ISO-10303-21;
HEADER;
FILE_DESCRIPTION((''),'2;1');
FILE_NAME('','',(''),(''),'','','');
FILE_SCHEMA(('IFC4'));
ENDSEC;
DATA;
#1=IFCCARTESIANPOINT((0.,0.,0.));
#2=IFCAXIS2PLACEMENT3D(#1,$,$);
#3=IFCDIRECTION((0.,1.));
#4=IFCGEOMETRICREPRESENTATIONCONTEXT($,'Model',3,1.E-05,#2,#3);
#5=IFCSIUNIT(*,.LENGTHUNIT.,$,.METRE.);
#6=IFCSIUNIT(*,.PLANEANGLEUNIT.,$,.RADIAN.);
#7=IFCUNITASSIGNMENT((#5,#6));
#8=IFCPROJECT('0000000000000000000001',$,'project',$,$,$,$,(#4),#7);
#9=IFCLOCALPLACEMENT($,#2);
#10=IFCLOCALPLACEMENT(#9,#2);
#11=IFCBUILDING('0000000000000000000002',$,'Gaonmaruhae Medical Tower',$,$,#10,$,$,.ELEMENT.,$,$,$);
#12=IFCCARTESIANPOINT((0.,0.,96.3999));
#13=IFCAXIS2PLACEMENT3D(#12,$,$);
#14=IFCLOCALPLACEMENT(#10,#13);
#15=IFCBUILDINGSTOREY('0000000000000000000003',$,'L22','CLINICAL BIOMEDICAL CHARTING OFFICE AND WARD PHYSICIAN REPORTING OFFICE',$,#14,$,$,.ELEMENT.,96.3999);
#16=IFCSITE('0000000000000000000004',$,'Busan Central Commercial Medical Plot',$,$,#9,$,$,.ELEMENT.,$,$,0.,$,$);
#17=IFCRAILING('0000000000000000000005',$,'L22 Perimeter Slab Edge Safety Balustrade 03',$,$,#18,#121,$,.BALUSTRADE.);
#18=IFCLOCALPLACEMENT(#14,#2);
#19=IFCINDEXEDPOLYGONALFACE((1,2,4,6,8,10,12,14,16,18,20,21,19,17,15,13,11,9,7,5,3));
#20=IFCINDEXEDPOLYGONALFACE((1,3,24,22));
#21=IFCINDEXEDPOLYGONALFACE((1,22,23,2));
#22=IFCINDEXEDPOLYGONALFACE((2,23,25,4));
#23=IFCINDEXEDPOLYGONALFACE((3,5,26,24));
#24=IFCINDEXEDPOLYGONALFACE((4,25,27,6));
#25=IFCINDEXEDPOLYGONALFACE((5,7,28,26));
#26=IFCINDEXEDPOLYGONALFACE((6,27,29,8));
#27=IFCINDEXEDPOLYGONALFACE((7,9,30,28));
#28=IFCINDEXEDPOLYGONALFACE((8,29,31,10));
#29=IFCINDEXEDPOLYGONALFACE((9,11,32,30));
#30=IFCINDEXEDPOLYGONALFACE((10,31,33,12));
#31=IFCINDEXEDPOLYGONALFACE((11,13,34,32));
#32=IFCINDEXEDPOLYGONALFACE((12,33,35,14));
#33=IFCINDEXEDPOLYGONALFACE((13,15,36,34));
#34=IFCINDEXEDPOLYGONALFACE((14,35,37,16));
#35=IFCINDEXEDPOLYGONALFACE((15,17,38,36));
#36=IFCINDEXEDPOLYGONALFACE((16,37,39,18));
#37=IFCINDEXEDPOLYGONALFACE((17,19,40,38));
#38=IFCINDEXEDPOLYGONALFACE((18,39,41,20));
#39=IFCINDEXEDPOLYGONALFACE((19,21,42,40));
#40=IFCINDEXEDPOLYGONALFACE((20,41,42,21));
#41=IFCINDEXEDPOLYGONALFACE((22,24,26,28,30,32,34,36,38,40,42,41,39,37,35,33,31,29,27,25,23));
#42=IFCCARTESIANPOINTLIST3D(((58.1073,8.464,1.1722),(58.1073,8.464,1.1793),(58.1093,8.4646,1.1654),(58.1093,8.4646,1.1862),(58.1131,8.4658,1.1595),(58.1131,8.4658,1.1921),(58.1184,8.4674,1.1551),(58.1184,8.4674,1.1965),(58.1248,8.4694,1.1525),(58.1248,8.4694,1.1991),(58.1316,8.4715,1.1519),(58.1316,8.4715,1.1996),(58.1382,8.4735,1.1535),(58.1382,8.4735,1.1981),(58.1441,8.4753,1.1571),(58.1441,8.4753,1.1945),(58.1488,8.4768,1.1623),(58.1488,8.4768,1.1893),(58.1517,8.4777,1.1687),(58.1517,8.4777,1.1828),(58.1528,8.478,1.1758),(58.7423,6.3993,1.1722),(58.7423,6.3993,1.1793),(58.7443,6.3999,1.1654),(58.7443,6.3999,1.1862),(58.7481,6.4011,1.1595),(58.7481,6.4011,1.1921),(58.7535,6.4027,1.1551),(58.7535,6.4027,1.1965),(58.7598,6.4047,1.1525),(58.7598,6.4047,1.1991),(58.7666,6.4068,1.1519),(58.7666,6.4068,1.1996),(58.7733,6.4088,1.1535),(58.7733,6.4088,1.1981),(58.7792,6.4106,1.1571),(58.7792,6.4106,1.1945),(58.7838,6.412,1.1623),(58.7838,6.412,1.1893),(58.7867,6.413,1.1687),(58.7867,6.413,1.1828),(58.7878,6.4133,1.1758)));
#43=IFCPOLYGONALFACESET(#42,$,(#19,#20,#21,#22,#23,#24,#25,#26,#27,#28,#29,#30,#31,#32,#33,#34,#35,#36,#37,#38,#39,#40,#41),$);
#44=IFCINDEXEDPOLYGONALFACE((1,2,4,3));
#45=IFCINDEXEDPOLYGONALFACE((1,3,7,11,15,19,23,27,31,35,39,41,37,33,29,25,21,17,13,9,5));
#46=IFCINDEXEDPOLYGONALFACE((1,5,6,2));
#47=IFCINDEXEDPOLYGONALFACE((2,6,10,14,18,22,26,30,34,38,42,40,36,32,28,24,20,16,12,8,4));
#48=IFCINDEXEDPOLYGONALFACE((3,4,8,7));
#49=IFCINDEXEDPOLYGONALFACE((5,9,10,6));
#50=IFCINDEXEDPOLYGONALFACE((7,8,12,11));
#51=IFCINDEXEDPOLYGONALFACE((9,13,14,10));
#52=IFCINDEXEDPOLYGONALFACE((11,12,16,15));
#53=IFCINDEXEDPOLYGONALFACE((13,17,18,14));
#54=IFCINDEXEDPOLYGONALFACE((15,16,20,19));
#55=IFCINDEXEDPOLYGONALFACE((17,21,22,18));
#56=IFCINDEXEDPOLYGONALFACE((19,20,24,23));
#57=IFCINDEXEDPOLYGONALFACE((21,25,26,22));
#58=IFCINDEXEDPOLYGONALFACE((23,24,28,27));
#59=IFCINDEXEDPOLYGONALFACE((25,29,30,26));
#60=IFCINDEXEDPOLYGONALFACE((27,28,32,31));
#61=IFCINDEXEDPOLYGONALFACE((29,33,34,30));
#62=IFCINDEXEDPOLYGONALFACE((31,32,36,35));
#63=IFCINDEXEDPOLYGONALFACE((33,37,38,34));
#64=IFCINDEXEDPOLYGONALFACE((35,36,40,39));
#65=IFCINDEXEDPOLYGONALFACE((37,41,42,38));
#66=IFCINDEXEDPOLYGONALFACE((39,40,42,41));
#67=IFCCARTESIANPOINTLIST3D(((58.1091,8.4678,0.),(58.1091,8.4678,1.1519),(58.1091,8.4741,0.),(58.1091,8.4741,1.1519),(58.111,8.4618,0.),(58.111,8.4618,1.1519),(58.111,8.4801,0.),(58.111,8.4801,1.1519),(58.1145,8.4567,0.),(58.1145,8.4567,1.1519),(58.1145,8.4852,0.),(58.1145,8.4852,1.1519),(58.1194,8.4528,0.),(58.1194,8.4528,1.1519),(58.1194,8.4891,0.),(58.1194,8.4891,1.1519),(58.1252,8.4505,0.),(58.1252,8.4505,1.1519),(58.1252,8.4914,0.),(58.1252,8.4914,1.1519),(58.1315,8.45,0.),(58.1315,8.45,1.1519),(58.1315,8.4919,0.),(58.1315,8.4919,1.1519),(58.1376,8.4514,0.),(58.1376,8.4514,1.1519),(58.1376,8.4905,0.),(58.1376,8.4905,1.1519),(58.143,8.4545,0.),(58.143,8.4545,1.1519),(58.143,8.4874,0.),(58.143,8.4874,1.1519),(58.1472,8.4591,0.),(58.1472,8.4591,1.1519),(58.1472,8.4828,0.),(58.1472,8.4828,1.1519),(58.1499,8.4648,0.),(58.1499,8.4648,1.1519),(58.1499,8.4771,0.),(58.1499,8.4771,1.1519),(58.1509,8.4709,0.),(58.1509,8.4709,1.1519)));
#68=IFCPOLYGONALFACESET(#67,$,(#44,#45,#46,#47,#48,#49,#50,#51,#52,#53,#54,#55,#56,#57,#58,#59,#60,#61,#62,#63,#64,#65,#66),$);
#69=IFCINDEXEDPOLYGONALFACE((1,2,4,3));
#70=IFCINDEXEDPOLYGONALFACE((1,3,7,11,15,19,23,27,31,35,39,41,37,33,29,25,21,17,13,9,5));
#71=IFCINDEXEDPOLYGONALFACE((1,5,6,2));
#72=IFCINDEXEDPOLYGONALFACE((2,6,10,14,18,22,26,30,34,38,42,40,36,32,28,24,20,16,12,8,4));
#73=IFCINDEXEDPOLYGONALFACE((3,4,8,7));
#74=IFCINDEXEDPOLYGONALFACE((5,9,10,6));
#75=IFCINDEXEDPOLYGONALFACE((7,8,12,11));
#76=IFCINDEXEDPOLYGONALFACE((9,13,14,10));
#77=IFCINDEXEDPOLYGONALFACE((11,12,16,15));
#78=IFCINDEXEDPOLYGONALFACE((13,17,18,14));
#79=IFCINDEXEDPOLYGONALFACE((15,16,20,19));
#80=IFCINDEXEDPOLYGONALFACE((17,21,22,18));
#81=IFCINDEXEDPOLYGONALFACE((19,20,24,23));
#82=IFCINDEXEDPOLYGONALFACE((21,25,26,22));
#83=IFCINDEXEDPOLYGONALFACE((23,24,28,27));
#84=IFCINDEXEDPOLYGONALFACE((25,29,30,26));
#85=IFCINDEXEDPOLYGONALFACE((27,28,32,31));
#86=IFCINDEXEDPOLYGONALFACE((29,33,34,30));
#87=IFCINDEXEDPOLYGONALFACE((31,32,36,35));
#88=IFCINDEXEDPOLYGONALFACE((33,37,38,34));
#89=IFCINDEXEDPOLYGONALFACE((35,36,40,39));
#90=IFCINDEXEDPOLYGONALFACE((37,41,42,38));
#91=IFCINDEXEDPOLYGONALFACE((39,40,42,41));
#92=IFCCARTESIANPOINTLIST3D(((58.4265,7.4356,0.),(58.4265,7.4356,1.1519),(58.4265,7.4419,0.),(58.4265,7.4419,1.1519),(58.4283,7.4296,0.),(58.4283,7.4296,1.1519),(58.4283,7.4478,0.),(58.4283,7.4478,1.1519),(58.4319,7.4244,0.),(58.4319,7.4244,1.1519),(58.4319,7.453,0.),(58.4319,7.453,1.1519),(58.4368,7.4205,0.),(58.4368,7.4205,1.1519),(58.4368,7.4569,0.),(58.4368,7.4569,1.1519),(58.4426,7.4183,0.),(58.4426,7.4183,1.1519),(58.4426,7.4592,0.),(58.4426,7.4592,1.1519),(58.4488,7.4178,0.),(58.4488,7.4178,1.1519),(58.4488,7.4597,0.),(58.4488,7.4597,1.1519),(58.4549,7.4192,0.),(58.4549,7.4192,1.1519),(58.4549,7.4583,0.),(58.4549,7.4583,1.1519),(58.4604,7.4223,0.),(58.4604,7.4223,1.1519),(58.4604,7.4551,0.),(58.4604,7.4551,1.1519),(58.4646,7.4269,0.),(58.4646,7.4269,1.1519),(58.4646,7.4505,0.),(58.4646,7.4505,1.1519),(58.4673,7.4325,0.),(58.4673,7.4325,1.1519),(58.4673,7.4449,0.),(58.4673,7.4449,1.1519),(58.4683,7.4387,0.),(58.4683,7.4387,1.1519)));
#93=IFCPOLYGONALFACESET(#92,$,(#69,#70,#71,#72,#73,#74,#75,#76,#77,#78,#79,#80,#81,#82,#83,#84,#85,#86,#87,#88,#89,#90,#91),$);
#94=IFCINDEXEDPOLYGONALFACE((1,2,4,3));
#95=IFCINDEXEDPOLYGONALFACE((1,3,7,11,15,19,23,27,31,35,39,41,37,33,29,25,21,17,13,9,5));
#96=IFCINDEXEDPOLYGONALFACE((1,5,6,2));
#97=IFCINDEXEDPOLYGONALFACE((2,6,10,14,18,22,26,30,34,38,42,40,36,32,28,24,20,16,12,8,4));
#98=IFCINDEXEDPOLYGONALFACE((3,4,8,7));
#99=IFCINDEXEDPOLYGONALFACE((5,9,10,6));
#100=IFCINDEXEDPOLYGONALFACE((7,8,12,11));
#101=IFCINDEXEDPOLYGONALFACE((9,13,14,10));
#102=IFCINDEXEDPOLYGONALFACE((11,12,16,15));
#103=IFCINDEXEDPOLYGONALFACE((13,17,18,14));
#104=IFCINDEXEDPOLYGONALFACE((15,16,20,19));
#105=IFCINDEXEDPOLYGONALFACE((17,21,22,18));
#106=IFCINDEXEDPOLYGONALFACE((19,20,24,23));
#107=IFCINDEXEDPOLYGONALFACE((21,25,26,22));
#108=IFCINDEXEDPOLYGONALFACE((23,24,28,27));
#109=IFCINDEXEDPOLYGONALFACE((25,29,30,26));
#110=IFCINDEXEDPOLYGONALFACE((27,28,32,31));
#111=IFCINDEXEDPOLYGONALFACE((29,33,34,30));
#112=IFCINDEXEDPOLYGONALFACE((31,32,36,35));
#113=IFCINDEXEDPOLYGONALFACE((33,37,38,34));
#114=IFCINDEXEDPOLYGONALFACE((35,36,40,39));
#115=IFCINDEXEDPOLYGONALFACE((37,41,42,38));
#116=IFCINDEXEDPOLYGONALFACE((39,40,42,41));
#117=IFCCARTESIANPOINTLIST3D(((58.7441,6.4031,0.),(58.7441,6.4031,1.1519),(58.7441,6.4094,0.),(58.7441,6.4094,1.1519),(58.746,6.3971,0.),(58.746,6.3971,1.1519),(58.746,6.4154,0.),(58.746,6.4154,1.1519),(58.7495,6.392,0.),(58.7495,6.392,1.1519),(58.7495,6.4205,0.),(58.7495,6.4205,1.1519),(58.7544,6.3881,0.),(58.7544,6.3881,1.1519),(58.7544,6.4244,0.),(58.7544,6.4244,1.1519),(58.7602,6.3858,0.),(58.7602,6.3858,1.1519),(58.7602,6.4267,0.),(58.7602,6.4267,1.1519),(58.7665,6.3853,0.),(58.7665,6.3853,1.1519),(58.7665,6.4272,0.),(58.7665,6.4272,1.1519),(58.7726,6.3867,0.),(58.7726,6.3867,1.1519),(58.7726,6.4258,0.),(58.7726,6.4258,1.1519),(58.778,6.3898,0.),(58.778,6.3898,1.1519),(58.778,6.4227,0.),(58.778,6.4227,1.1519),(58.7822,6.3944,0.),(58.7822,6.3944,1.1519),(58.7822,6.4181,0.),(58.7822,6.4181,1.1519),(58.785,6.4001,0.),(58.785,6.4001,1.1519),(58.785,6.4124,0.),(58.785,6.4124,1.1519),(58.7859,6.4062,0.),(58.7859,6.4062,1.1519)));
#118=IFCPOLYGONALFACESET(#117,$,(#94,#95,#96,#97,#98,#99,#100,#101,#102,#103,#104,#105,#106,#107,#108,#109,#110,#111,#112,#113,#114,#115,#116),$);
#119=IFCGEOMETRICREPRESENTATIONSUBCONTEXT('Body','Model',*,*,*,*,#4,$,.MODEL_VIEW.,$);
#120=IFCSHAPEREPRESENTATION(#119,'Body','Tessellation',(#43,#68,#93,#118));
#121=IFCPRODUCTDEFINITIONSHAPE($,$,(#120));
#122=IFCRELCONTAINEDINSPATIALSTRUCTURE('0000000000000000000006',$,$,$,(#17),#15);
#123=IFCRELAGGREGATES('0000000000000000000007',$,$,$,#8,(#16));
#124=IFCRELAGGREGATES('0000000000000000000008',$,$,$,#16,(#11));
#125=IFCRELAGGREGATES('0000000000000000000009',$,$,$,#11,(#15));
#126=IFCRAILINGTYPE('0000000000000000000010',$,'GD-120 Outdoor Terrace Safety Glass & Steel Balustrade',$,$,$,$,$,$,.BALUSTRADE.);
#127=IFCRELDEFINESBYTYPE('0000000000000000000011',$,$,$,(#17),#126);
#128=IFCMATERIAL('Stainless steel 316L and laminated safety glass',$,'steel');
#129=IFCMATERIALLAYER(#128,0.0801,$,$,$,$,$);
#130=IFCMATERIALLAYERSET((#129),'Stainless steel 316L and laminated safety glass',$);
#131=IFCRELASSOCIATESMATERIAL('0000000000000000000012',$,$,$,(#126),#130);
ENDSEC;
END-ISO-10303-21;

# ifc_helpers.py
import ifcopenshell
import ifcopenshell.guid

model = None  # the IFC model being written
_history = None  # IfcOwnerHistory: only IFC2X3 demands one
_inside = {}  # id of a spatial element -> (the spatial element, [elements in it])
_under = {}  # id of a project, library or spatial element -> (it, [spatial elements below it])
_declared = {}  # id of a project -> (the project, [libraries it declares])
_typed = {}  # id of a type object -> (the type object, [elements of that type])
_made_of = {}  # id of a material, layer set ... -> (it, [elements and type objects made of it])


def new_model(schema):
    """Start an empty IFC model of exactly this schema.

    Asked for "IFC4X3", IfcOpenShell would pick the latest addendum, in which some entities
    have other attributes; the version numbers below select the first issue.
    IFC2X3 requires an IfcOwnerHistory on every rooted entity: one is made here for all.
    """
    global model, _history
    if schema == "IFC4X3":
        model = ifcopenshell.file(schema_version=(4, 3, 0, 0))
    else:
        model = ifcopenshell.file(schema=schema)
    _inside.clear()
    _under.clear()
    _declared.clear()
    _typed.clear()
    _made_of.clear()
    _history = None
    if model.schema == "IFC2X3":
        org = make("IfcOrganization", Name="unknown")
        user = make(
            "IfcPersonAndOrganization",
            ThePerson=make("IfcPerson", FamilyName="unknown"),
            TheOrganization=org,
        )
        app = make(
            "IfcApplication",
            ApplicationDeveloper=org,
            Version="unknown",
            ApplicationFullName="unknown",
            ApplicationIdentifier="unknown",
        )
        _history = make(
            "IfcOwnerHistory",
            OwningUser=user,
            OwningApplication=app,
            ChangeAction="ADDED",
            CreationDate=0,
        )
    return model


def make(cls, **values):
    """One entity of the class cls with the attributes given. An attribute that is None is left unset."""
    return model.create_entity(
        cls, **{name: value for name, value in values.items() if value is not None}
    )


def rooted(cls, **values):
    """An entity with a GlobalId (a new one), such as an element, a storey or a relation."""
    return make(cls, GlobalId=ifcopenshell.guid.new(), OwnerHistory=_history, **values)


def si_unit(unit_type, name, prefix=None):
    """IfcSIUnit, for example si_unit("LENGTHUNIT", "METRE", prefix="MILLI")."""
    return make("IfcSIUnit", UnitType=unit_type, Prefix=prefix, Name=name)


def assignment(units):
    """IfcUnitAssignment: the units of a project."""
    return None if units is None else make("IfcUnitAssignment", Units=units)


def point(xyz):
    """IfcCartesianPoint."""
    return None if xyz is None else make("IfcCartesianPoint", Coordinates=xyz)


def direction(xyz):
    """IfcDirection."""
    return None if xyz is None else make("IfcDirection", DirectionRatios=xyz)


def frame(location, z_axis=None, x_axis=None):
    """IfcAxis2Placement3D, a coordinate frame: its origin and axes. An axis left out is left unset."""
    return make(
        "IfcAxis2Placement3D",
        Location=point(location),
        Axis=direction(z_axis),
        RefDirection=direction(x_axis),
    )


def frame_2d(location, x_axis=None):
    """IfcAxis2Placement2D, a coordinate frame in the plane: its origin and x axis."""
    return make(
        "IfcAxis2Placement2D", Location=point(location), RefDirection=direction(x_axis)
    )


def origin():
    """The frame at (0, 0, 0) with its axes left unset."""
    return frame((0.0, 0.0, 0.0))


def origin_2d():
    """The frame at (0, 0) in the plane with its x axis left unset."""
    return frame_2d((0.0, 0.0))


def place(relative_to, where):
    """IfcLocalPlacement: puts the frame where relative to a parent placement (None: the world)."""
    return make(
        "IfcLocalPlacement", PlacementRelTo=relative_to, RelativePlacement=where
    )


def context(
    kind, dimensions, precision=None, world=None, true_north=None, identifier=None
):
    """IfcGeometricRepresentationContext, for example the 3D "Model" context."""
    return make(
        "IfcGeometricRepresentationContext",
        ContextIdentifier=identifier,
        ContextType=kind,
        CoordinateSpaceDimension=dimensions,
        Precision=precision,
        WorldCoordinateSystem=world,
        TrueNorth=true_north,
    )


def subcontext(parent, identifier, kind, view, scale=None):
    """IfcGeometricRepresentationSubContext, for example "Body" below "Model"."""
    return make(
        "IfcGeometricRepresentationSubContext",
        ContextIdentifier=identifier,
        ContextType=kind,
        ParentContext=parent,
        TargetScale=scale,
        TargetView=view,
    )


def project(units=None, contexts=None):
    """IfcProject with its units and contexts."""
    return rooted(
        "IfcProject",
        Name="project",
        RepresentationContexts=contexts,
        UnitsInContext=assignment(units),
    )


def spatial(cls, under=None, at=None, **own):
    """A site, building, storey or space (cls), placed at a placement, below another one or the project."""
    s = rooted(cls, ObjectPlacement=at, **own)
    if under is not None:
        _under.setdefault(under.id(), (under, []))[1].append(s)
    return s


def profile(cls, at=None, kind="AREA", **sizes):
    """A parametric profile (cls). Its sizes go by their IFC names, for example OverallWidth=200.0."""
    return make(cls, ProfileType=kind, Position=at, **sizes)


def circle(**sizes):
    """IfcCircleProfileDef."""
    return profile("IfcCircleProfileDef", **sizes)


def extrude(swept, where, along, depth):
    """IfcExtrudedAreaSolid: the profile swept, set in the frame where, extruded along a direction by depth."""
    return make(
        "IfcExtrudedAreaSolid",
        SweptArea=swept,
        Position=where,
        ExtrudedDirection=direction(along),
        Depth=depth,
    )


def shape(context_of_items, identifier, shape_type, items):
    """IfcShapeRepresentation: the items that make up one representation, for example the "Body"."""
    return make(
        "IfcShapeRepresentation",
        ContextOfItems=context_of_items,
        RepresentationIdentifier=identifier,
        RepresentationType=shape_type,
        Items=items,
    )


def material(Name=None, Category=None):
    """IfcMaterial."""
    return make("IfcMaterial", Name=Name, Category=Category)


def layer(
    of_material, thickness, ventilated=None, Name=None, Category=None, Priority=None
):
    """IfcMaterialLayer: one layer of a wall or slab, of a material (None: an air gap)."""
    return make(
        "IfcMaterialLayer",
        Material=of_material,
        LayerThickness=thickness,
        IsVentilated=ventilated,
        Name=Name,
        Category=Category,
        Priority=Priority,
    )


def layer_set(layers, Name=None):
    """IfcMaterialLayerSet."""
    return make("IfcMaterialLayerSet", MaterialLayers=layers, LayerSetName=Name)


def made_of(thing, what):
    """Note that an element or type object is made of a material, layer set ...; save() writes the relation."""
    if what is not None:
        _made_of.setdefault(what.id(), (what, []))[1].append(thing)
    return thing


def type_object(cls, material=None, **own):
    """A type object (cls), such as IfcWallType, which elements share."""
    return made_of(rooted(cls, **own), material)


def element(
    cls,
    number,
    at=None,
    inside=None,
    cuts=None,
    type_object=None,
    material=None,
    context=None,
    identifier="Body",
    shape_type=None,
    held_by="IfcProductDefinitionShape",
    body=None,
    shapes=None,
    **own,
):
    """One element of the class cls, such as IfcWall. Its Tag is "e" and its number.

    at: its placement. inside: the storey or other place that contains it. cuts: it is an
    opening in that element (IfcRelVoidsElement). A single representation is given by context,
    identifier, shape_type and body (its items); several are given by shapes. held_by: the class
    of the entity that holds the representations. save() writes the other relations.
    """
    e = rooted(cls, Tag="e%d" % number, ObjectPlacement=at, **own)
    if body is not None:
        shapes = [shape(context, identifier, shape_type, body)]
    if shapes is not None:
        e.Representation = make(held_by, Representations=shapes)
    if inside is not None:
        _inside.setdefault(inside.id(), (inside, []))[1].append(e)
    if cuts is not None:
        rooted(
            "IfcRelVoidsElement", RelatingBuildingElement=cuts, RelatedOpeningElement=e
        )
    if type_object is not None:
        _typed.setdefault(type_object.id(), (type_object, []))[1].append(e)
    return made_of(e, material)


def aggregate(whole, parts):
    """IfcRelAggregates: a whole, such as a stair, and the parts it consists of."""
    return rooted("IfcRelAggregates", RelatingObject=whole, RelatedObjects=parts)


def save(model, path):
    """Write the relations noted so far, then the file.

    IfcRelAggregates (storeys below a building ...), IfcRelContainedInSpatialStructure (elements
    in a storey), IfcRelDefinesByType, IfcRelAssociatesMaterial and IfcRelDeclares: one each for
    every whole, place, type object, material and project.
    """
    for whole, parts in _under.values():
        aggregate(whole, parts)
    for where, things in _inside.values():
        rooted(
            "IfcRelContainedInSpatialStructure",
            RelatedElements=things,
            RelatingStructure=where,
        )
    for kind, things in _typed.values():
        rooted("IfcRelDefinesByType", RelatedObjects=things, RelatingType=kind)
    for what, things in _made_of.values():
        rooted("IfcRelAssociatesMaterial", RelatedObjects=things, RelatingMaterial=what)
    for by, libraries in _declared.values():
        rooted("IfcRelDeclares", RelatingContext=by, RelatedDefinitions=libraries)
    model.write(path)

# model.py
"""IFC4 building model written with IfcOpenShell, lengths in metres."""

from ifc_helpers import new_model, si_unit, direction, frame, origin, origin_2d, place, context, subcontext, project, spatial, circle, extrude, material, layer, layer_set, type_object, element, save


model = new_model("IFC4")

# Units and contexts
model_context = context("Model", 3, precision=1e-05, world=origin(), true_north=direction((0.0, 1.0)))
body_context = subcontext(model_context, "Body", "Model", "MODEL_VIEW")
ifc_project = project(units=[si_unit("LENGTHUNIT", "METRE"), si_unit("PLANEANGLEUNIT", "RADIAN")], contexts=[model_context])

# Site, building, storey
site_placement = place(None, origin())
site = spatial("IfcSite", under=ifc_project, at=site_placement, Name="Busan Central Commercial Medical Plot", CompositionType="ELEMENT", RefElevation=0.0)
building_placement = place(site_placement, origin())
building = spatial("IfcBuilding", under=site, at=building_placement, Name="Gaonmaruhae Medical Tower", CompositionType="ELEMENT")
storey_placement = place(building_placement, frame((0.0, 0.0, 96.3999)))
storey = spatial("IfcBuildingStorey", under=building, at=storey_placement, Name="L22", Description="CLINICAL BIOMEDICAL CHARTING OFFICE AND WARD PHYSICIAN REPORTING OFFICE", CompositionType="ELEMENT", Elevation=96.3999)

# Railing
ifc_material_1 = material(Name="Stainless steel 316L and laminated safety glass", Category="steel")
ifc_layer_1 = layer(ifc_material_1, 0.0801)
ifc_layer_set_1 = layer_set([ifc_layer_1], Name="Stainless steel 316L and laminated safety glass")
railing_type = type_object("IfcRailingType", Name="GD-120 Outdoor Terrace Safety Glass & Steel Balustrade", PredefinedType="BALUSTRADE", material=ifc_layer_set_1)
railing_1_placement = place(storey_placement, frame((58.1299, 8.4709, 0.0)))
element("IfcRailing", 1, at=railing_1_placement, inside=storey, type_object=railing_type, Name="L22 Perimeter Slab Edge Safety Balustrade 03", PredefinedType="BALUSTRADE", context=body_context, shape_type="SweptSolid", body=[
    extrude(circle(Radius=0.0239, at=origin_2d()), frame((0.0, 0.0, 1.1758), z_axis=(0.293967, -0.955816, 0.0), x_axis=(0.955816, 0.293967, 0.0)), (0.0, 0.0, 1.0), 2.1602),
    extrude(circle(Radius=0.021, at=origin_2d()), origin(), (0.0, 0.0, 1.0), 1.1519),
    extrude(circle(Radius=0.021, at=origin_2d()), frame((0.3174, -1.0322, 0.0)), (0.0, 0.0, 1.0), 1.1519),
    extrude(circle(Radius=0.021, at=origin_2d()), frame((0.635, -2.0647, 0.0)), (0.0, 0.0, 1.0), 1.1519),
])

save(model, "model.ifc")
